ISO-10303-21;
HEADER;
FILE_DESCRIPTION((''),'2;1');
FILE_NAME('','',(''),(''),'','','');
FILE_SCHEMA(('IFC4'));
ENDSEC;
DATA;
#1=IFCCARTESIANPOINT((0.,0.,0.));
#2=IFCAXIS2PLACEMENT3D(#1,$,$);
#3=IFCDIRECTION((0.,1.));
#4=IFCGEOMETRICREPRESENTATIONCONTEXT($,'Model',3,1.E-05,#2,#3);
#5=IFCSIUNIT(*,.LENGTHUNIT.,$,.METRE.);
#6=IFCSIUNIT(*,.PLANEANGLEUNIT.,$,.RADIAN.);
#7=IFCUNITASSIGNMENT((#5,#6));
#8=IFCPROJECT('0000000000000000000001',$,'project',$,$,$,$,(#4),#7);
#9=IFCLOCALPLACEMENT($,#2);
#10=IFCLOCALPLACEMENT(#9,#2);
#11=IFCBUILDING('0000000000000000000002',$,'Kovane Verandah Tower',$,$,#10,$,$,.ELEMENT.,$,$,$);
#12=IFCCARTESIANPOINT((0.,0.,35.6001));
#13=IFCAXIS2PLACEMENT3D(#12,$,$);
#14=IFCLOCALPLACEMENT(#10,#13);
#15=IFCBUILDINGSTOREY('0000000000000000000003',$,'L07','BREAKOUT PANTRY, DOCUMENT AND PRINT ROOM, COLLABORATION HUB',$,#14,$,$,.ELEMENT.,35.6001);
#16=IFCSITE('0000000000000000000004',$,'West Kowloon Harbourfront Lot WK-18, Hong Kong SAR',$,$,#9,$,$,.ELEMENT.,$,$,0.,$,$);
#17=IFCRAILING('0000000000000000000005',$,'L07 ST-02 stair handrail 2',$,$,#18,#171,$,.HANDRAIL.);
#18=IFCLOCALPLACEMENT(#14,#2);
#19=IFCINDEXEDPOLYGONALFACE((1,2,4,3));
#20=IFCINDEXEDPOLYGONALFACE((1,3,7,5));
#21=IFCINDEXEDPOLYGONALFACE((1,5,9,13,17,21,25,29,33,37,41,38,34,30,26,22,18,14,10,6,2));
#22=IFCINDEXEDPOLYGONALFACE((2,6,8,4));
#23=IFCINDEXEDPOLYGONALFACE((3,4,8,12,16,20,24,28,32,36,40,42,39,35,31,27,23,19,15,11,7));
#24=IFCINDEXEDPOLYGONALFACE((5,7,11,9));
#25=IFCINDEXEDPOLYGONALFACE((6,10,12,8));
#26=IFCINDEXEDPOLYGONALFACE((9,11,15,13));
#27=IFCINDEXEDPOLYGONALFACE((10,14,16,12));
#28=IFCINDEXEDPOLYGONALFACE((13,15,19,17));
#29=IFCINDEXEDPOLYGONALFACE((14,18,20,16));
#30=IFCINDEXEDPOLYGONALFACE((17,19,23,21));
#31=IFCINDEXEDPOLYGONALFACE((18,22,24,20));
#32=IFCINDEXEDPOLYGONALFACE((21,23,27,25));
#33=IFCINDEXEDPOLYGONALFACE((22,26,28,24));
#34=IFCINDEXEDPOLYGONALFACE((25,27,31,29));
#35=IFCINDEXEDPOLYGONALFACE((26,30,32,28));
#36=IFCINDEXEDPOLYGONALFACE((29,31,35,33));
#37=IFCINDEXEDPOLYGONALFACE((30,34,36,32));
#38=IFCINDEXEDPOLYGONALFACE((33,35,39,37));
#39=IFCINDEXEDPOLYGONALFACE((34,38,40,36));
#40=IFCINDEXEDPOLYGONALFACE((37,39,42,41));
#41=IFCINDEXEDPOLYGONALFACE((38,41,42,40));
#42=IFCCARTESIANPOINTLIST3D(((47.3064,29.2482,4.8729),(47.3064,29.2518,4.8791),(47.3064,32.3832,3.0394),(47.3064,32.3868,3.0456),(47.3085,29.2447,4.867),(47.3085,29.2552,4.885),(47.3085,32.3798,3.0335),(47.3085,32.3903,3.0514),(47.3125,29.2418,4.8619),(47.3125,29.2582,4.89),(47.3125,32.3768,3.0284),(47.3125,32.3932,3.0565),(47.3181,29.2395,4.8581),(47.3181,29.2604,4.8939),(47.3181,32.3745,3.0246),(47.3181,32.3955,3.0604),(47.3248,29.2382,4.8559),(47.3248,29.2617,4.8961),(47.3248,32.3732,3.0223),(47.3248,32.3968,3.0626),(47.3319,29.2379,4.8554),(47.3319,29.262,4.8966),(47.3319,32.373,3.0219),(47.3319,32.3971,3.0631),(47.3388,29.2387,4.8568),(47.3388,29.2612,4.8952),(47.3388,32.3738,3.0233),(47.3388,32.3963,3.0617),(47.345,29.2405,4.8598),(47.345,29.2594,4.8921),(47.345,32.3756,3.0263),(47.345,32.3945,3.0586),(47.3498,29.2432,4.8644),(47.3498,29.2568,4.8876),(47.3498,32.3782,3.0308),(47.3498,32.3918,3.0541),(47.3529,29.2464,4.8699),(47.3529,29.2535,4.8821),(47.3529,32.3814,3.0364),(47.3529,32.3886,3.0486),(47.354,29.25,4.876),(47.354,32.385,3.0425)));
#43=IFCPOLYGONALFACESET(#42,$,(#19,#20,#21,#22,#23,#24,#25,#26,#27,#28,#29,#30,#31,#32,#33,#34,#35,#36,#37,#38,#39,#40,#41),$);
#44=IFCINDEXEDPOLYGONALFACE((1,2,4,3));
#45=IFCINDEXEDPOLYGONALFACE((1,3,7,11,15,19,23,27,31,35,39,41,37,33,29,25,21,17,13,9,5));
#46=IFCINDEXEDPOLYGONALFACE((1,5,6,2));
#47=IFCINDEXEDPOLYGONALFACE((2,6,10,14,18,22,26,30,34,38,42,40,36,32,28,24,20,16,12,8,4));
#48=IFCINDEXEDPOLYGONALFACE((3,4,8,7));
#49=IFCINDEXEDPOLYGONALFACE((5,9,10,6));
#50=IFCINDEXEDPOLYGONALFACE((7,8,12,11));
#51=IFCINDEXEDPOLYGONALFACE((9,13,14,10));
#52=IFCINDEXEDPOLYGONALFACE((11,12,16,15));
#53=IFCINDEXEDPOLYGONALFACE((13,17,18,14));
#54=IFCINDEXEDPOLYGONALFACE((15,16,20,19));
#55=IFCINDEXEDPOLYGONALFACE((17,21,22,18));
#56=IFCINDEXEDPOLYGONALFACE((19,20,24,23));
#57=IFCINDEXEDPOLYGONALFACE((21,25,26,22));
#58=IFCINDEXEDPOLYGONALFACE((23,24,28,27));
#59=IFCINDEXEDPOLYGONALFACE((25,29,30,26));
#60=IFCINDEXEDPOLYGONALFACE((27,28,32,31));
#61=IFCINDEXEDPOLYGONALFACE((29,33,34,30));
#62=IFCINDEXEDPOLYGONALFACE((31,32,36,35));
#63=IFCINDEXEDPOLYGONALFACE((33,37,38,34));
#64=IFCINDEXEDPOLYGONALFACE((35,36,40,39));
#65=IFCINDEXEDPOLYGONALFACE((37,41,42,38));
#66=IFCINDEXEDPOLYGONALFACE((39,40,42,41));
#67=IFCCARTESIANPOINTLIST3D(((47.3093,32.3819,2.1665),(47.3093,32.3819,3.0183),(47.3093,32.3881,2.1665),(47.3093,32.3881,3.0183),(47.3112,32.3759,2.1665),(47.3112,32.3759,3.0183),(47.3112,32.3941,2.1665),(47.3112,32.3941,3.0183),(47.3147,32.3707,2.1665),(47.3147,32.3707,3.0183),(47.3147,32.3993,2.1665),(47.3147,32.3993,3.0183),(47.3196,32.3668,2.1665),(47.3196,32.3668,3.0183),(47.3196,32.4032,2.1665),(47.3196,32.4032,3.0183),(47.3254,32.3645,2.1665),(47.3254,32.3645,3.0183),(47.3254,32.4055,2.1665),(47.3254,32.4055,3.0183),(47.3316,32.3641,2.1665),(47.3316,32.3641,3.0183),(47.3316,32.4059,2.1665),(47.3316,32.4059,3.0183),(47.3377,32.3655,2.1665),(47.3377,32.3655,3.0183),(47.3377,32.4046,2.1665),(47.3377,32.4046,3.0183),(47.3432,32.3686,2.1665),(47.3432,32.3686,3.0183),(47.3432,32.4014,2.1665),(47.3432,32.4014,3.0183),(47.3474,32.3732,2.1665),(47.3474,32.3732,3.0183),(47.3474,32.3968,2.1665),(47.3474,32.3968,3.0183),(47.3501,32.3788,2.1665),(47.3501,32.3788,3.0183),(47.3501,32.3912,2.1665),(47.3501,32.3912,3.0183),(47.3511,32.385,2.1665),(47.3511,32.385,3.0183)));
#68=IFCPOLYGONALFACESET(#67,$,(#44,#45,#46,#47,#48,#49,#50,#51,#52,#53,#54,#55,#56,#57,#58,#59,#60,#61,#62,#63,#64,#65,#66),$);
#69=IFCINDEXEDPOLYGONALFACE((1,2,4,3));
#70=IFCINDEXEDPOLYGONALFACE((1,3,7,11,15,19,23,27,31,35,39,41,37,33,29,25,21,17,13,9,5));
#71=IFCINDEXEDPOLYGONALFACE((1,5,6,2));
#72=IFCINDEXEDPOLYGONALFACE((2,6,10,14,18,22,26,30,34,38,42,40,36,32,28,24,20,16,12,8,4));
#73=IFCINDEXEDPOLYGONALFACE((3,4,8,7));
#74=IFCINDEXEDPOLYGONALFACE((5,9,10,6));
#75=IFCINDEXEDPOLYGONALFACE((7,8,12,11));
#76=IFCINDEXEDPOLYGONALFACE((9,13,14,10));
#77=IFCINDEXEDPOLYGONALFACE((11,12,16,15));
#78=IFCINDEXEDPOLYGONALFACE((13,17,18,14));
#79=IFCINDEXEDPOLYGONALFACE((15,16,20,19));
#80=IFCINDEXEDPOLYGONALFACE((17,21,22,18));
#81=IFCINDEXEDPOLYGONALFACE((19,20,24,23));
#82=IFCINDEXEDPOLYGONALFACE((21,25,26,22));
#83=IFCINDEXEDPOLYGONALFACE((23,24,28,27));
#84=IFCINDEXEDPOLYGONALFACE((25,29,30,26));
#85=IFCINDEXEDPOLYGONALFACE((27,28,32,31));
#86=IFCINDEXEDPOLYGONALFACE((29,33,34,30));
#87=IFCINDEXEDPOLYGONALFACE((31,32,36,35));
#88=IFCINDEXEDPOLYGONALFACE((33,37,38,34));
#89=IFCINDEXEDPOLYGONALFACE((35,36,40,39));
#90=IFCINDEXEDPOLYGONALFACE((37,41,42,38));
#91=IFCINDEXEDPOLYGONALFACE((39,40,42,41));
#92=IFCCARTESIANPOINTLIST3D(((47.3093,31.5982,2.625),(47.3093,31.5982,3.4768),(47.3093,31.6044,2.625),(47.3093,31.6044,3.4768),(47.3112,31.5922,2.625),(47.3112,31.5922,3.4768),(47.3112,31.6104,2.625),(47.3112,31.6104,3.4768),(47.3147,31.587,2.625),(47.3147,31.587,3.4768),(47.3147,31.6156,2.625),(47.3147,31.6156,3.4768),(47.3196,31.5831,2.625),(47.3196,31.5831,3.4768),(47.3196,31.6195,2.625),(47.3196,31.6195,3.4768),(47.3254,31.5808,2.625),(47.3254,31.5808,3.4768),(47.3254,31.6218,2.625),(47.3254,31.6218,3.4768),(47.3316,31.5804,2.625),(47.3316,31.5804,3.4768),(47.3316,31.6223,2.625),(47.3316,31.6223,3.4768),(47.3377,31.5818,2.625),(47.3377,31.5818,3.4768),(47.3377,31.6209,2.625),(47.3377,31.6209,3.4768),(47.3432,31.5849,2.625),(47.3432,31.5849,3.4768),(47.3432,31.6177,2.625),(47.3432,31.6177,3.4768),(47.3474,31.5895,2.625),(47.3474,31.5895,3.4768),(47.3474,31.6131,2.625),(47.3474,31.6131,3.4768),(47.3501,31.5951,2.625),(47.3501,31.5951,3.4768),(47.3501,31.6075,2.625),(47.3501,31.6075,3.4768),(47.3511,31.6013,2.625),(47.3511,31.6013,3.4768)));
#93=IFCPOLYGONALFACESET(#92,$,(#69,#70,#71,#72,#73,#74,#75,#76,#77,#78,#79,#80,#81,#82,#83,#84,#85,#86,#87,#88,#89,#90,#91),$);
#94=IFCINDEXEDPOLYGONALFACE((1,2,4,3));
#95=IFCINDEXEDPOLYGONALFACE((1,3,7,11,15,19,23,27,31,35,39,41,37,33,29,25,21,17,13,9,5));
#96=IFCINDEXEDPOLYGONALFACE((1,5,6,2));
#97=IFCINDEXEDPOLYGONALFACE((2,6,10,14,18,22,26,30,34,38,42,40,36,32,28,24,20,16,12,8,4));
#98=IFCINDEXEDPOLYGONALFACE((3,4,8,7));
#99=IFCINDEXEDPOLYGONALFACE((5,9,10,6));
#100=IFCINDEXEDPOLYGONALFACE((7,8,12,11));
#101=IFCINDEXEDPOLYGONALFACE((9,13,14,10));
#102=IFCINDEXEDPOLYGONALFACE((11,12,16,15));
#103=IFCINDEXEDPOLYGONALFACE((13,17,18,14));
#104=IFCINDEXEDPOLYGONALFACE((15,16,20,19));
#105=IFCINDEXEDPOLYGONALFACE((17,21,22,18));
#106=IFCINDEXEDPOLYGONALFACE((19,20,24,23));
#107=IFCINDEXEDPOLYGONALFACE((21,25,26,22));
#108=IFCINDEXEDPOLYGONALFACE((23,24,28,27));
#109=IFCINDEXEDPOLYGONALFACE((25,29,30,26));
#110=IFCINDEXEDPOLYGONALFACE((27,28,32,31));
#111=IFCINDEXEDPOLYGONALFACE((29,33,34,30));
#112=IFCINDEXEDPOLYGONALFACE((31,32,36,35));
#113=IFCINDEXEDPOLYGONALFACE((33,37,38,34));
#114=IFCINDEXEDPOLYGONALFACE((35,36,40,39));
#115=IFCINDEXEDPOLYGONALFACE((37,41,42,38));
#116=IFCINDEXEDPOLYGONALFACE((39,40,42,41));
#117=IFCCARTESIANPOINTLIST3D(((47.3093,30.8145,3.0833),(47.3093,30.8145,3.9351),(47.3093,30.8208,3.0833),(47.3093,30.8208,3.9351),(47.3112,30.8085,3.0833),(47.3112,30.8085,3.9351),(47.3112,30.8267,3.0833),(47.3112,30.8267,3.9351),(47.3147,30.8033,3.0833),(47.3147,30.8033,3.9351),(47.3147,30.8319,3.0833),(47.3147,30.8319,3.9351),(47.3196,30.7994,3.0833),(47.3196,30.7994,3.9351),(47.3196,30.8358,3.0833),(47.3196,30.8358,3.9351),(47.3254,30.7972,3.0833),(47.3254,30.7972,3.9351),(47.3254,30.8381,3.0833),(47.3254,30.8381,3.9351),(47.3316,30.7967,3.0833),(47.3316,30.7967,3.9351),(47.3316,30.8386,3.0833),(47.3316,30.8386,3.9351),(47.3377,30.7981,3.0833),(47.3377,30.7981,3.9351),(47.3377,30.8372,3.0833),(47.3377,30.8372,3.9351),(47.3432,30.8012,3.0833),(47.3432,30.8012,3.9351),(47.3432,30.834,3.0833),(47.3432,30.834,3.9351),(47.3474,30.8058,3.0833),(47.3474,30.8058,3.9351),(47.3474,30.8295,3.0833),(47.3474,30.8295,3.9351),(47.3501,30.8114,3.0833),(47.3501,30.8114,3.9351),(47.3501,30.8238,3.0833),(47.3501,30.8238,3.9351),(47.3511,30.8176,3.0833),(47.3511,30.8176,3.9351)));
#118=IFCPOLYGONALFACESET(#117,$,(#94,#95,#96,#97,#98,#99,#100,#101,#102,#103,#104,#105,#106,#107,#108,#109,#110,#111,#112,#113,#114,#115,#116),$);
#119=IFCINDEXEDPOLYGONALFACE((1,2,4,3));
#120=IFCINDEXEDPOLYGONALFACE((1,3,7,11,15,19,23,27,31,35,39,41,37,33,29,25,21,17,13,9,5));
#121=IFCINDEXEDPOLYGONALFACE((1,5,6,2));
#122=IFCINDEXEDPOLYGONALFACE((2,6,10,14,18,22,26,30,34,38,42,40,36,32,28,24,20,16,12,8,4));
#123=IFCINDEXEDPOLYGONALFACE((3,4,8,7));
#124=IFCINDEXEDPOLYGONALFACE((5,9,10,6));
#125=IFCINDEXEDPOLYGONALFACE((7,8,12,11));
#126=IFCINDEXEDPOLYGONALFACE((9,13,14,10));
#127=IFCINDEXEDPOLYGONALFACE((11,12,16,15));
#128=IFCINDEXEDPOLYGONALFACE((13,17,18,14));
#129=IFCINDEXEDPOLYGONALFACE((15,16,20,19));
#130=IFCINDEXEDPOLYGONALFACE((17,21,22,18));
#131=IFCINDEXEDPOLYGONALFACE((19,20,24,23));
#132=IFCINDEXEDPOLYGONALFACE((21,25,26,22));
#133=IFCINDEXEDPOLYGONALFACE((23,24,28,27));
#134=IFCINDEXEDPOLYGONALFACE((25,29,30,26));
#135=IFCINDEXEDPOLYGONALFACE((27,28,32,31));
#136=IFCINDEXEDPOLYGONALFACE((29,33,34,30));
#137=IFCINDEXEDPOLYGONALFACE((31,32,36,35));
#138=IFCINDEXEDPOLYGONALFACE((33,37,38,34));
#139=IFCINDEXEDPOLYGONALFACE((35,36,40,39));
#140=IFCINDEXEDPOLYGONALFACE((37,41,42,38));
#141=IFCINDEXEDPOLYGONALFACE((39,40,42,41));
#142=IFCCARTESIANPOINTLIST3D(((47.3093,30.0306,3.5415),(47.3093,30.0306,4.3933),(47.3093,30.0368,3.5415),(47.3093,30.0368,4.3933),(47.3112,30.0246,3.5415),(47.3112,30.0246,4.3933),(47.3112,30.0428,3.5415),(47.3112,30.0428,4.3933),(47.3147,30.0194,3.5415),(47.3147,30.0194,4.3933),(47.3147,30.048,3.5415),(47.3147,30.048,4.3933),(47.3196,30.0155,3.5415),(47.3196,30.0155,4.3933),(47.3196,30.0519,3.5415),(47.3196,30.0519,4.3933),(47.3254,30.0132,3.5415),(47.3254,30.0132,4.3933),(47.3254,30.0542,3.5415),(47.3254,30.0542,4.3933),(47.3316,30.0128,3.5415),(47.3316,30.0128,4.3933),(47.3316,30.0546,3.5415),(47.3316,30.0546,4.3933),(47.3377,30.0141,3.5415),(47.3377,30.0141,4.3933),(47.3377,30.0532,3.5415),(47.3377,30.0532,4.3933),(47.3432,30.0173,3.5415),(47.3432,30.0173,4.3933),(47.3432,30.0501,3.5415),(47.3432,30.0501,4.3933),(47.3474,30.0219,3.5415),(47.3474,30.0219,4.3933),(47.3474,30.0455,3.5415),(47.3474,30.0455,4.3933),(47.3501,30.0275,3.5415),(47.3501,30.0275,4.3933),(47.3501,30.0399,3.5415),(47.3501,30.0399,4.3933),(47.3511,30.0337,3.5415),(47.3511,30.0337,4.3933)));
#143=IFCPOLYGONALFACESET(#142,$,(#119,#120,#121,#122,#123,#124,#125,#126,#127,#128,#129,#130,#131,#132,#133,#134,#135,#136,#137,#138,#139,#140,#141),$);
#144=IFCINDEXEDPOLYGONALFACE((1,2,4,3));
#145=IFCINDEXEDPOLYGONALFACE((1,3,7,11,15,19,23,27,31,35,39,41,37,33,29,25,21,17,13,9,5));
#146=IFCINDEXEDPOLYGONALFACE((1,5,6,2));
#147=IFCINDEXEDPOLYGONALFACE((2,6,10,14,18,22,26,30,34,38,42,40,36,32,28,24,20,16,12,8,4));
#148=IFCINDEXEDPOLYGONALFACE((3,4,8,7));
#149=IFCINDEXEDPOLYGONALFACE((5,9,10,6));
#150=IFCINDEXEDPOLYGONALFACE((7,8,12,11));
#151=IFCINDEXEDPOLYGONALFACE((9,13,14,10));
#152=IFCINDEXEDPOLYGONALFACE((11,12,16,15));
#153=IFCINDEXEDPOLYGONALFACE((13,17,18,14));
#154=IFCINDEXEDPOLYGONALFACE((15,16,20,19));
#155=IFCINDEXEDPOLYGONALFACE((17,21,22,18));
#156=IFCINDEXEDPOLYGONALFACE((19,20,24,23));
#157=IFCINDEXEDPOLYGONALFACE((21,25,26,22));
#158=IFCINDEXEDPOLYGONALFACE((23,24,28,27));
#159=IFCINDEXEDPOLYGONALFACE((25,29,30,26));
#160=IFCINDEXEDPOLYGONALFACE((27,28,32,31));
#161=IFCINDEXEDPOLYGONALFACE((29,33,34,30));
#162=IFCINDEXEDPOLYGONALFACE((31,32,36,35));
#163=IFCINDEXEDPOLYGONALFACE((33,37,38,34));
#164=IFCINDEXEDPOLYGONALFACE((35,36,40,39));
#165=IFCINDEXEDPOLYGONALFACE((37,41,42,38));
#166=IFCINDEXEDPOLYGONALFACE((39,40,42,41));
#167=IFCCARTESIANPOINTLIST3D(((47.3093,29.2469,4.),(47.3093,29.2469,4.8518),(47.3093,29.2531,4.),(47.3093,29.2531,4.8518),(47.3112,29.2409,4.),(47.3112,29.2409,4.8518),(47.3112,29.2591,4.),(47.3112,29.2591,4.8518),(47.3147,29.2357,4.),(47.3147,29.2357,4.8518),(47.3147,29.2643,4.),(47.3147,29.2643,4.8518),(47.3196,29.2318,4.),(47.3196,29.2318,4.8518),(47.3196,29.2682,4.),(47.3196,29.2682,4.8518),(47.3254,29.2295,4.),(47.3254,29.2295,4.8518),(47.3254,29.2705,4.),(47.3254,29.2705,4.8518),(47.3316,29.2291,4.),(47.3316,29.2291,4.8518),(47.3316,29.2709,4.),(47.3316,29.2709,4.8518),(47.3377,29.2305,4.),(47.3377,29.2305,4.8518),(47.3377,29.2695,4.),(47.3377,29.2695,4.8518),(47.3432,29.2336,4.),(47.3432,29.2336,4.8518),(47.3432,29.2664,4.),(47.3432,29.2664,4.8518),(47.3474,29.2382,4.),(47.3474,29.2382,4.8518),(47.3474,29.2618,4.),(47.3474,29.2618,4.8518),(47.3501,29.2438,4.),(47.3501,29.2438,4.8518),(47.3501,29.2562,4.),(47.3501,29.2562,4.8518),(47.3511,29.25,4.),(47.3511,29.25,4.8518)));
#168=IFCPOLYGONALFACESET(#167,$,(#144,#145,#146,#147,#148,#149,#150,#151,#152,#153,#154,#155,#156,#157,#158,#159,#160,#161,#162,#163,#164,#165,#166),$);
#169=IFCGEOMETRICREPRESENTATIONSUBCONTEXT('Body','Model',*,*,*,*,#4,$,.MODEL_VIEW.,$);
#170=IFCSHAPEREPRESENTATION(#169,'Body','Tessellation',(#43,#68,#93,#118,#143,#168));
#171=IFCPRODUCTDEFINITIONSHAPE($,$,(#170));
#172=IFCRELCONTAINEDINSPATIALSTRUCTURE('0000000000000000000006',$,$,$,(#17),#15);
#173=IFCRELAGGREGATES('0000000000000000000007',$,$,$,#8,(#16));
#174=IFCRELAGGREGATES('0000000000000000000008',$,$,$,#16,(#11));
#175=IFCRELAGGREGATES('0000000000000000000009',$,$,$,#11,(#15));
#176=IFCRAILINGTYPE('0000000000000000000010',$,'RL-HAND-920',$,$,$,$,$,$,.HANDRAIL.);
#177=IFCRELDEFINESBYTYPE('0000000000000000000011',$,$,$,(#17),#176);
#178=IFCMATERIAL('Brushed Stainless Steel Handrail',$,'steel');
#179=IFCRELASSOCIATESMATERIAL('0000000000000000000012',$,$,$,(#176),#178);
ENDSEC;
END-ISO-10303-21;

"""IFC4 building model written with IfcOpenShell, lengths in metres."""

from ifc_helpers import new_model, si_unit, direction, frame, origin, origin_2d, place, context, subcontext, project, spatial, circle, extrude, material, type_object, element, save


model = new_model("IFC4")

# Units and contexts
model_context = context("Model", 3, precision=1e-05, world=origin(), true_north=direction((0.0, 1.0)))
body_context = subcontext(model_context, "Body", "Model", "MODEL_VIEW")
ifc_project = project(units=[si_unit("LENGTHUNIT", "METRE"), si_unit("PLANEANGLEUNIT", "RADIAN")], contexts=[model_context])

# Site, building, storey
site_placement = place(None, origin())
site = spatial("IfcSite", under=ifc_project, at=site_placement, Name="West Kowloon Harbourfront Lot WK-18, Hong Kong SAR", CompositionType="ELEMENT", RefElevation=0.0)
building_placement = place(site_placement, origin())
building = spatial("IfcBuilding", under=site, at=building_placement, Name="Kovane Verandah Tower", CompositionType="ELEMENT")
storey_placement = place(building_placement, frame((0.0, 0.0, 35.6001)))
storey = spatial("IfcBuildingStorey", under=building, at=storey_placement, Name="L07", Description="BREAKOUT PANTRY, DOCUMENT AND PRINT ROOM, COLLABORATION HUB", CompositionType="ELEMENT", Elevation=35.6001)

# Railing
ifc_material_1 = material(Name="Brushed Stainless Steel Handrail", Category="steel")
railing_type_1 = type_object("IfcRailingType", Name="RL-HAND-920", PredefinedType="HANDRAIL", material=ifc_material_1)
for number, where, name in (
    (1, (47.3301, 32.385, 2.1665), "L07 ST-02 stair handrail 2"),
):
    element("IfcRailing", number, at=place(storey_placement, frame(where)), inside=storey, type_object=railing_type_1, Name=name, PredefinedType="HANDRAIL", context=body_context, shape_type="SweptSolid", body=[
        extrude(circle(Radius=0.0239, at=origin_2d()), frame((0.0, 0.0, 0.876), z_axis=(0.0, -0.86321, 0.504845), x_axis=(1.0, 0.0, 0.0)), (0.0, 0.0, 1.0), 3.6318),
        extrude(circle(Radius=0.021, at=origin_2d()), origin(), (0.0, 0.0, 1.0), 0.8518),
        extrude(circle(Radius=0.021, at=origin_2d()), frame((0.0, -0.7837, 0.4585)), (0.0, 0.0, 1.0), 0.8518),
        extrude(circle(Radius=0.021, at=origin_2d()), frame((0.0, -1.5674, 0.9167)), (0.0, 0.0, 1.0), 0.8518),
        extrude(circle(Radius=0.021, at=origin_2d()), frame((0.0, -2.3513, 1.375)), (0.0, 0.0, 1.0), 0.8518),
        extrude(circle(Radius=0.021, at=origin_2d()), frame((0.0, -3.135, 1.8335)), (0.0, 0.0, 1.0), 0.8518),
    ])

save(model, "model.ifc")
